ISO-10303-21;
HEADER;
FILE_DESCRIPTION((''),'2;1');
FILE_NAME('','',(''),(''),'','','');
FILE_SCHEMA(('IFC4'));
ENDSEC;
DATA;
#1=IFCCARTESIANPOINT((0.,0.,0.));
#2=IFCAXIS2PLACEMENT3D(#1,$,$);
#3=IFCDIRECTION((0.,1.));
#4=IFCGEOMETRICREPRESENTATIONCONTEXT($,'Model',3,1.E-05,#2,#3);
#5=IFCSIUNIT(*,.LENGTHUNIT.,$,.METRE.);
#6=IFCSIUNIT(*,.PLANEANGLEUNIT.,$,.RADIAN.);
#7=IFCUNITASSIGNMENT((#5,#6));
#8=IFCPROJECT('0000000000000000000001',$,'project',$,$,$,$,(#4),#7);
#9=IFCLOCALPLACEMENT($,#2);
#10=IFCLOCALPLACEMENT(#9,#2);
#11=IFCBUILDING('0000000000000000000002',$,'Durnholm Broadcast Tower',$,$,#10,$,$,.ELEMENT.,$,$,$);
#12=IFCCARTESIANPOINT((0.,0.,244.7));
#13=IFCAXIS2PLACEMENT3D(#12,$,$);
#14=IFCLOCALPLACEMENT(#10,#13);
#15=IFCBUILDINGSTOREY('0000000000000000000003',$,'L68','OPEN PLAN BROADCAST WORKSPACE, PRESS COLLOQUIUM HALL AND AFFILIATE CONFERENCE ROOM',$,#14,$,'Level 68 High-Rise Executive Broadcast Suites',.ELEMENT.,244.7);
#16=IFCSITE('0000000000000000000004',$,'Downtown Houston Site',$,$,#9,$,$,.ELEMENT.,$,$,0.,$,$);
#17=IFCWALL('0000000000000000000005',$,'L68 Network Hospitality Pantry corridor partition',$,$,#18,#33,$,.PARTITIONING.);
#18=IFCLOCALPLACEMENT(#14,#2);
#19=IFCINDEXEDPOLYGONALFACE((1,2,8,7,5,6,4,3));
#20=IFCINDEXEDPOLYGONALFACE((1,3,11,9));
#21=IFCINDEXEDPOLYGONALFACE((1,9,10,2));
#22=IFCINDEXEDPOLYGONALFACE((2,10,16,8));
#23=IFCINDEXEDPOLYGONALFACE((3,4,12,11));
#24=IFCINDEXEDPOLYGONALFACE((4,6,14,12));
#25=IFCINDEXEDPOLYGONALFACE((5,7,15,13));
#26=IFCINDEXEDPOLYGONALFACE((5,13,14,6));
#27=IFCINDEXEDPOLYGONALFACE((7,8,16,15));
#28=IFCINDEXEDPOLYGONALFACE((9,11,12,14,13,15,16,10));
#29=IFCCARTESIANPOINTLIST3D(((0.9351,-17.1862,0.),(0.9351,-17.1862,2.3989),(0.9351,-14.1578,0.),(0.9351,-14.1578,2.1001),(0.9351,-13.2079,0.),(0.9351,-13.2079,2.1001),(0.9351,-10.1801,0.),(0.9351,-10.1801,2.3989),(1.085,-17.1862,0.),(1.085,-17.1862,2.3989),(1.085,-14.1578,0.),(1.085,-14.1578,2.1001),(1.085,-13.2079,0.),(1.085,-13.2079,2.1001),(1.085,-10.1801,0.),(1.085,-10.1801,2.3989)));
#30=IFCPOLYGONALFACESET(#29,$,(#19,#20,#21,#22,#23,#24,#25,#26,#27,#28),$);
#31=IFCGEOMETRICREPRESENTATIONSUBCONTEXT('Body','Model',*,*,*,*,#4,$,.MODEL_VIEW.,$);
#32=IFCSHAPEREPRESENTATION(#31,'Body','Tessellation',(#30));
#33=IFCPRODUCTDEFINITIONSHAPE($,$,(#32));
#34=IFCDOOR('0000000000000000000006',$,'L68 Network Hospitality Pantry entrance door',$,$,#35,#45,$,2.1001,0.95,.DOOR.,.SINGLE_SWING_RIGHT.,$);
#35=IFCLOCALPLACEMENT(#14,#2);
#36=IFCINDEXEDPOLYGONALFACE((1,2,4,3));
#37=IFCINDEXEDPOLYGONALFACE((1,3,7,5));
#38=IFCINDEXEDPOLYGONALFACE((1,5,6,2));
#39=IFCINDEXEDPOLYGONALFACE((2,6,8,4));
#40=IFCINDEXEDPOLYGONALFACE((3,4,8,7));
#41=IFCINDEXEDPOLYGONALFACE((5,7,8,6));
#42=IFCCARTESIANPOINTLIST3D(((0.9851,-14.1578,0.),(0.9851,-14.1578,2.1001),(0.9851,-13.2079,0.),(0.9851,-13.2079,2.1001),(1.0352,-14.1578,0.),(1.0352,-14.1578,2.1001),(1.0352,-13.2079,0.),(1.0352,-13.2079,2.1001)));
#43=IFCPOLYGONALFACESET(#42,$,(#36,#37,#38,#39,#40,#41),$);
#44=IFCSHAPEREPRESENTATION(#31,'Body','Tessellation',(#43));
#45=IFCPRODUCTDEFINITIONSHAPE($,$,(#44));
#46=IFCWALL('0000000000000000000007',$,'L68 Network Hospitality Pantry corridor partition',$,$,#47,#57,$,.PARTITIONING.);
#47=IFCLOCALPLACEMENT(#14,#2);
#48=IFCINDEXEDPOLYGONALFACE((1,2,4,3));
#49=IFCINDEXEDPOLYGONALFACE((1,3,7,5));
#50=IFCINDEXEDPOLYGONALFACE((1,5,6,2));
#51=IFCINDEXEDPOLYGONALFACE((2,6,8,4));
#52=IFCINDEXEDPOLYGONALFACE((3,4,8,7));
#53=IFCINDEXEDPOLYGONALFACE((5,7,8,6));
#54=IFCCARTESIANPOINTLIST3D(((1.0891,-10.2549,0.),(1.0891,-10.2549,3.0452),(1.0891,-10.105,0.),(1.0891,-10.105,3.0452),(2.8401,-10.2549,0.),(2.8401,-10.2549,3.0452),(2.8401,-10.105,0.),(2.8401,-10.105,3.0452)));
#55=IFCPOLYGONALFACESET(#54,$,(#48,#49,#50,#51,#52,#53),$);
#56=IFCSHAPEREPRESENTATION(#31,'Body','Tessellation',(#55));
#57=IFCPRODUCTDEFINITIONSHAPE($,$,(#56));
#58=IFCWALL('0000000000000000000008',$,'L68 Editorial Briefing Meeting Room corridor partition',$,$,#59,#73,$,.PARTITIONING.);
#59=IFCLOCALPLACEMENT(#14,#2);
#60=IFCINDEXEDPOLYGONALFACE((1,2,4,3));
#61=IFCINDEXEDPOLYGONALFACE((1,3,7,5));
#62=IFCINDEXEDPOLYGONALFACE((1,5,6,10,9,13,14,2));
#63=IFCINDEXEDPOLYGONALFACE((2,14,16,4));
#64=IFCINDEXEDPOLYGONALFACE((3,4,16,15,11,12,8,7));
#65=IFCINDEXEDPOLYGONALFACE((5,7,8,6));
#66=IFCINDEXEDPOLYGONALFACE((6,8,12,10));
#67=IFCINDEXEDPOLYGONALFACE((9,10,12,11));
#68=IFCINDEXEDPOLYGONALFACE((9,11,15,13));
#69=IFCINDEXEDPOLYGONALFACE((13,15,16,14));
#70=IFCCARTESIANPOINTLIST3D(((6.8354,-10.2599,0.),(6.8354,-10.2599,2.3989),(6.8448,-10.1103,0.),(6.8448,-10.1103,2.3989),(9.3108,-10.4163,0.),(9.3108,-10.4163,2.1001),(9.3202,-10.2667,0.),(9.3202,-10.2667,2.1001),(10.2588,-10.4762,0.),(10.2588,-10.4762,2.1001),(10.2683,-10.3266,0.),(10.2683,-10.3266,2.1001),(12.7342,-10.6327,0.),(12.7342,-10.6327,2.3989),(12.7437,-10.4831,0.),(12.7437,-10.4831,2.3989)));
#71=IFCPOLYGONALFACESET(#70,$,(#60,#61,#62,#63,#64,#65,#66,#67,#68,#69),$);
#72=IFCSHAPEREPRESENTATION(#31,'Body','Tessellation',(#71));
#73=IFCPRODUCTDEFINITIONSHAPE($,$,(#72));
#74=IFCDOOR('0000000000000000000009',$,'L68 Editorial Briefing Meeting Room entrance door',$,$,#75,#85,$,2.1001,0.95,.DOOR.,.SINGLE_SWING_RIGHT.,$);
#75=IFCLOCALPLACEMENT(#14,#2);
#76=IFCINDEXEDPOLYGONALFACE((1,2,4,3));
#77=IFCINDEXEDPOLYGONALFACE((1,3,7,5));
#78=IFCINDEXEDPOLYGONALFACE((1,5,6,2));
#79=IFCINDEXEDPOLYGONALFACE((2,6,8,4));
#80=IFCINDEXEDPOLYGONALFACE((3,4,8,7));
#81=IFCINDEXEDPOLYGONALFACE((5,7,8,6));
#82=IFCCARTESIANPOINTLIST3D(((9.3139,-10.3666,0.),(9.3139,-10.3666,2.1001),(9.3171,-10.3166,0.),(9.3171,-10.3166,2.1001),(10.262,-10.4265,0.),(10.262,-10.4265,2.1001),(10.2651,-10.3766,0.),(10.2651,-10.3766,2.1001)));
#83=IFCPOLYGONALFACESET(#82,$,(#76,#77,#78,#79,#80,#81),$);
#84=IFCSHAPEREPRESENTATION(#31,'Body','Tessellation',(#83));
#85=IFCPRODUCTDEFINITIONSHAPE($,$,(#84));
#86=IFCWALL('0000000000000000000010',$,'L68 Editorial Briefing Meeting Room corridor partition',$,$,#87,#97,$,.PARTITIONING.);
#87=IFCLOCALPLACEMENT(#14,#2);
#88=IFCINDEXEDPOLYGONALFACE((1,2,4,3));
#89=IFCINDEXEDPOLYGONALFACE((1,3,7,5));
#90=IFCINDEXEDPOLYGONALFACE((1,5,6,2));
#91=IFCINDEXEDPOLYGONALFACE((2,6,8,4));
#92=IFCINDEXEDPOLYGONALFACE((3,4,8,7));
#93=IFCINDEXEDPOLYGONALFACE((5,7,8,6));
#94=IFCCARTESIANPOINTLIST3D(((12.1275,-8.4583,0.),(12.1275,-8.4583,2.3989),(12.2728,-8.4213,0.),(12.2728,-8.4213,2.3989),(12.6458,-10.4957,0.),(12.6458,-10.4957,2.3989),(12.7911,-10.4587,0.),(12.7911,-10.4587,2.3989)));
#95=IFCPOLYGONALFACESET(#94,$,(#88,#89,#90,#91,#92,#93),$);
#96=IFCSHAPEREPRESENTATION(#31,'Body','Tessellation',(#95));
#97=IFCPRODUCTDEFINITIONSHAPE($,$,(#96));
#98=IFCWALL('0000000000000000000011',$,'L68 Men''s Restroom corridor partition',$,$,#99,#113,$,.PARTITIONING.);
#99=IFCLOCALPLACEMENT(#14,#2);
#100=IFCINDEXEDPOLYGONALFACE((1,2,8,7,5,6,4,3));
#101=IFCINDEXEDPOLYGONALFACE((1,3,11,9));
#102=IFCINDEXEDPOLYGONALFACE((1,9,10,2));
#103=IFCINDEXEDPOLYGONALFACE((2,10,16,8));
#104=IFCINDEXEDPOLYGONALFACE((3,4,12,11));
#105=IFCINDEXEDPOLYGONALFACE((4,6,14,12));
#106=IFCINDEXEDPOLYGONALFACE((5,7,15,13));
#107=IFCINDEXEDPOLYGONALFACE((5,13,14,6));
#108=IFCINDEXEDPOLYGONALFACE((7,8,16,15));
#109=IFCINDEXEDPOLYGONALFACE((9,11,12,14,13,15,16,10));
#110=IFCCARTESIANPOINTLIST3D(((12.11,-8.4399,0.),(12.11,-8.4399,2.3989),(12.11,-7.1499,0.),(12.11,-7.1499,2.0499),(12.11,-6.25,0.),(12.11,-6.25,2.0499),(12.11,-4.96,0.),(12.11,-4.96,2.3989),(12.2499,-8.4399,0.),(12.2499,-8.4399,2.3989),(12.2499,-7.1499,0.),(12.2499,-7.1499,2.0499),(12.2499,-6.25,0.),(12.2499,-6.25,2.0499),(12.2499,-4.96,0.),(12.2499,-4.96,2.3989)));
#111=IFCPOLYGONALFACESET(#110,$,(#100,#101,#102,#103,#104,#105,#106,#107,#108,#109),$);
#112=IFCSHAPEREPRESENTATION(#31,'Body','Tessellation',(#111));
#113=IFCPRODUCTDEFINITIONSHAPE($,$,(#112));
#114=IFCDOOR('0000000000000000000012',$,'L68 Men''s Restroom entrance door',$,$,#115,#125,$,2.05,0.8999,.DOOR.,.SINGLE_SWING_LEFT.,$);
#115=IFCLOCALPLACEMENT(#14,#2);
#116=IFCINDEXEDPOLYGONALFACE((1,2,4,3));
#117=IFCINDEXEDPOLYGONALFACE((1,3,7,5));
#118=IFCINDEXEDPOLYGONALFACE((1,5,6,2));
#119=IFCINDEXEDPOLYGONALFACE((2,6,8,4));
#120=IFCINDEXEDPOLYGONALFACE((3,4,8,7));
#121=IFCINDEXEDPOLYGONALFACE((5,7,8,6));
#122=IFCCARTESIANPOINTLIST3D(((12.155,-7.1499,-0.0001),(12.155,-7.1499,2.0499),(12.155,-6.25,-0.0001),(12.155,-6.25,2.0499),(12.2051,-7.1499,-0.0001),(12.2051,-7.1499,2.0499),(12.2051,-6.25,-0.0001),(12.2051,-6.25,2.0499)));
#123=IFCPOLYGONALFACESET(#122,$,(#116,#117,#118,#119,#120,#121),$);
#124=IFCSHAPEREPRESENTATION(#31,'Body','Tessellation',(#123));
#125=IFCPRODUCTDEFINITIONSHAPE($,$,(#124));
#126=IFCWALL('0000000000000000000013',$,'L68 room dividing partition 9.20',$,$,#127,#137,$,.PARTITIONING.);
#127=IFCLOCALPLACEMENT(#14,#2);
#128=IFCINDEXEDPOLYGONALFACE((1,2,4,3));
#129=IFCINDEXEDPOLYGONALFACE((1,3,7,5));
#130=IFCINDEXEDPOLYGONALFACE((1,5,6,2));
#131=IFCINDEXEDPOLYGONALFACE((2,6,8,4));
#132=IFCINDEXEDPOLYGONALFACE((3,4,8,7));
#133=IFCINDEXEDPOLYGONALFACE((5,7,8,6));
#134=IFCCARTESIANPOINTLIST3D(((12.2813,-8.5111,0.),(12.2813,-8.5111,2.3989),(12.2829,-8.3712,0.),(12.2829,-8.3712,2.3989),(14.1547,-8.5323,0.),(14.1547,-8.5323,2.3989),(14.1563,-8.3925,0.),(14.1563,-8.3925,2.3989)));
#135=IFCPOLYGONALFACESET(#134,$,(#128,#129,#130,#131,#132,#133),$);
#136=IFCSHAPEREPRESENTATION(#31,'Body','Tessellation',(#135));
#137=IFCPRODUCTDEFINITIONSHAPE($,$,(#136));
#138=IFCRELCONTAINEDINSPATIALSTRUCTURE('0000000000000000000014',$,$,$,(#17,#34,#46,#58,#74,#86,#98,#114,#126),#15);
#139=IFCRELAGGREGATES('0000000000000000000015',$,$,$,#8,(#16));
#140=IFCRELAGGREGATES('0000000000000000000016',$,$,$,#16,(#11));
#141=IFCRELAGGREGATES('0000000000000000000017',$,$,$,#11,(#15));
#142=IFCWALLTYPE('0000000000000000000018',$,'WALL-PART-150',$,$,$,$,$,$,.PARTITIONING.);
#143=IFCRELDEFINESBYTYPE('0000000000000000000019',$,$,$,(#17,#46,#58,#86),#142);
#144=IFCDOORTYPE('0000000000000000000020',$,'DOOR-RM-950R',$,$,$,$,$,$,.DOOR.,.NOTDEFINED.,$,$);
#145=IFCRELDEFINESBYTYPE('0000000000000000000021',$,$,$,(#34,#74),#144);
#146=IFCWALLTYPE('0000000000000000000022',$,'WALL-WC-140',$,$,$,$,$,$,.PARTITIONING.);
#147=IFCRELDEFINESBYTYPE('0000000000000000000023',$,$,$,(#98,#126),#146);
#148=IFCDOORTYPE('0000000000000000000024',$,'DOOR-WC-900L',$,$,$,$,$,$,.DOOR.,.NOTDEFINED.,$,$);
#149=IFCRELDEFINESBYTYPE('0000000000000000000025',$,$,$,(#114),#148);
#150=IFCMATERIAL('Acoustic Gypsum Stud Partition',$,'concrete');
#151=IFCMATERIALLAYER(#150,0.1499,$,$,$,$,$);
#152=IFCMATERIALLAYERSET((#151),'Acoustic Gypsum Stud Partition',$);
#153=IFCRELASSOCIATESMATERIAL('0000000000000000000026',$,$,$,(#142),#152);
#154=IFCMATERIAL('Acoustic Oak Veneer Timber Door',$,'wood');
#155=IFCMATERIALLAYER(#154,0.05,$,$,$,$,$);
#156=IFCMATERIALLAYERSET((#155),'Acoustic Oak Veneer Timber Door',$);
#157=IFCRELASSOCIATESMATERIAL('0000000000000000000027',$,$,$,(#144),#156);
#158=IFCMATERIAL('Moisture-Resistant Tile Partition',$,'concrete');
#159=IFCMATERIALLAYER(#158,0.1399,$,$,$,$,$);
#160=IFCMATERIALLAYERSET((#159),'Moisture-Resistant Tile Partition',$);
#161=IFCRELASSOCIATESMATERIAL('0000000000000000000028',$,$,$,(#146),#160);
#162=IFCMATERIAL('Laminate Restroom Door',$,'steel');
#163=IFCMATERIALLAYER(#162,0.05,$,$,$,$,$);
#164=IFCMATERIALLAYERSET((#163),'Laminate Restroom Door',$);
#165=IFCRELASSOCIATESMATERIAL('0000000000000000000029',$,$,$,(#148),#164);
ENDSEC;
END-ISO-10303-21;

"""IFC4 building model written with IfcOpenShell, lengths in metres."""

from ifc_helpers import new_model, si_unit, direction, frame, frame_2d, origin, place, context, subcontext, project, spatial, rectangle, extrude, source, transform, mapped, material, layer, layer_set, type_object, type_shapes, element, fill, save


model = new_model("IFC4")

# Units and contexts
model_context = context("Model", 3, precision=1e-05, world=origin(), true_north=direction((0.0, 1.0)))
body_context = subcontext(model_context, "Body", "Model", "MODEL_VIEW")
ifc_project = project(units=[si_unit("LENGTHUNIT", "METRE"), si_unit("PLANEANGLEUNIT", "RADIAN")], contexts=[model_context])

# Site, building, storey
site_placement = place(None, origin())
site = spatial("IfcSite", under=ifc_project, at=site_placement, Name="Downtown Houston Site", CompositionType="ELEMENT", RefElevation=0.0)
building_placement = place(site_placement, origin())
building = spatial("IfcBuilding", under=site, at=building_placement, Name="Durnholm Broadcast Tower", CompositionType="ELEMENT")
storey_placement = place(building_placement, frame((0.0, 0.0, 244.7)))
storey = spatial("IfcBuildingStorey", under=building, at=storey_placement, Name="L68", Description="OPEN PLAN BROADCAST WORKSPACE, PRESS COLLOQUIUM HALL AND AFFILIATE CONFERENCE ROOM", LongName="Level 68 High-Rise Executive Broadcast Suites", CompositionType="ELEMENT", Elevation=244.7)

# Wall, opening, door
ifc_material_1 = material(Name="Acoustic Gypsum Stud Partition", Category="concrete")
ifc_layer_1 = layer(ifc_material_1, 0.1499)
ifc_layer_set_1 = layer_set([ifc_layer_1], Name="Acoustic Gypsum Stud Partition")
wall_type_1 = type_object("IfcWallType", Name="WALL-PART-150", PredefinedType="PARTITIONING", material=ifc_layer_set_1)
wall_1_placement = place(storey_placement, frame((1.01, -17.186, 0.0), z_axis=(0.0, 0.0, 1.0), x_axis=(0.0, 1.0, 0.0)))
wall_1 = element("IfcWall", 1, at=wall_1_placement, inside=storey, type_object=wall_type_1, Name="L68 Network Hospitality Pantry corridor partition", PredefinedType="PARTITIONING", context=body_context, shape_type="SweptSolid", body=[
    extrude(rectangle(XDim=7.0061, YDim=0.1499, at=frame_2d((3.5029, 0.0))), origin(), (0.0, 0.0, 1.0), 2.3989),
])
opening_1_placement = place(wall_1_placement, frame((3.0281, 0.0, 0.0)))
opening_1 = element("IfcOpeningElement", 2, at=opening_1_placement, cuts=wall_1, PredefinedType="OPENING", context=body_context, shape_type="SweptSolid", body=[
    extrude(rectangle(XDim=0.95, YDim=2.1001, at=frame_2d((0.4751, 1.05))), frame((0.0, 0.085, 0.0), z_axis=(0.0, -1.0, 0.0), x_axis=(1.0, 0.0, 0.0)), (0.0, 0.0, 1.0), 0.1699),
])
ifc_material_2 = material(Name="Acoustic Oak Veneer Timber Door", Category="wood")
ifc_layer_2 = layer(ifc_material_2, 0.05)
ifc_layer_set_2 = layer_set([ifc_layer_2], Name="Acoustic Oak Veneer Timber Door")
door_type_1 = type_object("IfcDoorType", Name="DOOR-RM-950R", OperationType="NOTDEFINED", PredefinedType="DOOR", material=ifc_layer_set_2)
shared_shape_1 = source(origin(), body_context, "Body", "SweptSolid", [
    extrude(rectangle(XDim=0.95, YDim=2.1001, at=frame_2d((0.4751, 1.05))), frame((0.0, 0.0249, 0.0), z_axis=(0.0, -1.0, 0.0), x_axis=(1.0, 0.0, 0.0)), (0.0, 0.0, 1.0), 0.05),
])
type_shapes(door_type_1, [shared_shape_1])
door_1_placement = place(opening_1_placement, origin())
door_1 = element("IfcDoor", 3, at=door_1_placement, inside=storey, type_object=door_type_1, Name="L68 Network Hospitality Pantry entrance door", OperationType="SINGLE_SWING_RIGHT", OverallHeight=2.1001, OverallWidth=0.95, PredefinedType="DOOR", context=body_context, shape_type="MappedRepresentation", body=[
    mapped(shared_shape_1, transform((0.0, 0.0, 0.0), x_axis=(1.0, 0.0, 0.0), y_axis=(0.0, 1.0, 0.0), z_axis=(0.0, 0.0, 1.0), scale=1.0)),
])
fill(opening_1, door_1)

# Wall
wall_2_placement = place(storey_placement, frame((1.0891, -10.1799, 0.0), z_axis=(0.0, 0.0, 1.0), x_axis=(1.0, 0.0, 0.0)))
element("IfcWall", 4, at=wall_2_placement, inside=storey, type_object=wall_type_1, Name="L68 Network Hospitality Pantry corridor partition", PredefinedType="PARTITIONING", context=body_context, shape_type="SweptSolid", body=[
    extrude(rectangle(XDim=1.751, YDim=0.1499, at=frame_2d((0.8755, 0.0))), origin(), (0.0, 0.0, 1.0), 3.0452),
])

# Wall, opening, door
wall_3_placement = place(storey_placement, frame((6.8401, -10.1851, 0.0), z_axis=(0.0, 0.0, 1.0), x_axis=(0.998009, -0.063073, 0.0)))
wall_3 = element("IfcWall", 5, at=wall_3_placement, inside=storey, type_object=wall_type_1, Name="L68 Editorial Briefing Meeting Room corridor partition", PredefinedType="PARTITIONING", context=body_context, shape_type="SweptSolid", body=[
    extrude(rectangle(XDim=5.9106, YDim=0.1499, at=frame_2d((2.9553, 0.0))), origin(), (0.0, 0.0, 1.0), 2.3989),
])
opening_2_placement = place(wall_3_placement, frame((2.4802, 0.0, 0.0)))
opening_2 = element("IfcOpeningElement", 6, at=opening_2_placement, cuts=wall_3, PredefinedType="OPENING", context=body_context, shape_type="SweptSolid", body=[
    extrude(rectangle(XDim=0.95, YDim=2.1001, at=frame_2d((0.4751, 1.05))), frame((0.0, 0.085, 0.0), z_axis=(0.0, -1.0, 0.0), x_axis=(1.0, 0.0, 0.0)), (0.0, 0.0, 1.0), 0.1699),
])
door_2_placement = place(opening_2_placement, origin())
door_2 = element("IfcDoor", 7, at=door_2_placement, inside=storey, type_object=door_type_1, Name="L68 Editorial Briefing Meeting Room entrance door", OperationType="SINGLE_SWING_RIGHT", OverallHeight=2.1001, OverallWidth=0.95, PredefinedType="DOOR", context=body_context, shape_type="MappedRepresentation", body=[
    mapped(shared_shape_1, transform((0.0, 0.0, 0.0), x_axis=(1.0, 0.0, 0.0), y_axis=(0.0, 1.0, 0.0), z_axis=(0.0, 0.0, 1.0), scale=1.0)),
])
fill(opening_2, door_2)

# Wall
wall_4_placement = place(storey_placement, frame((12.7185, -10.4773, 0.0), z_axis=(0.0, 0.0, 1.0), x_axis=(-0.24655, 0.96913, 0.0)))
element("IfcWall", 8, at=wall_4_placement, inside=storey, type_object=wall_type_1, Name="L68 Editorial Briefing Meeting Room corridor partition", PredefinedType="PARTITIONING", context=body_context, shape_type="SweptSolid", body=[
    extrude(rectangle(XDim=2.1023, YDim=0.1499, at=frame_2d((1.0513, 0.0))), origin(), (0.0, 0.0, 1.0), 2.3989),
])

# Wall, opening, door
ifc_material_3 = material(Name="Moisture-Resistant Tile Partition", Category="concrete")
ifc_layer_3 = layer(ifc_material_3, 0.1399)
ifc_layer_set_3 = layer_set([ifc_layer_3], Name="Moisture-Resistant Tile Partition")
wall_type_2 = type_object("IfcWallType", Name="WALL-WC-140", PredefinedType="PARTITIONING", material=ifc_layer_set_3)
wall_5_placement = place(storey_placement, frame((12.1799, -8.4399, 0.0), z_axis=(0.0, 0.0, 1.0), x_axis=(0.0, 1.0, 0.0)))
wall_5 = element("IfcWall", 9, at=wall_5_placement, inside=storey, type_object=wall_type_2, Name="L68 Men's Restroom corridor partition", PredefinedType="PARTITIONING", context=body_context, shape_type="SweptSolid", body=[
    extrude(rectangle(XDim=3.48, YDim=0.1399, at=frame_2d((1.74, 0.0))), origin(), (0.0, 0.0, 1.0), 2.3989),
])
opening_3_placement = place(wall_5_placement, frame((1.29, 0.0, 0.0)))
opening_3 = element("IfcOpeningElement", 10, at=opening_3_placement, cuts=wall_5, PredefinedType="OPENING", context=body_context, shape_type="SweptSolid", body=[
    extrude(rectangle(XDim=0.8999, YDim=2.05, at=frame_2d((0.45, 1.0249))), frame((0.0, 0.0801, 0.0), z_axis=(0.0, -1.0, 0.0), x_axis=(1.0, 0.0, 0.0)), (0.0, 0.0, 1.0), 0.1599),
])
ifc_material_4 = material(Name="Laminate Restroom Door", Category="steel")
ifc_layer_4 = layer(ifc_material_4, 0.05)
ifc_layer_set_4 = layer_set([ifc_layer_4], Name="Laminate Restroom Door")
door_type_2 = type_object("IfcDoorType", Name="DOOR-WC-900L", OperationType="NOTDEFINED", PredefinedType="DOOR", material=ifc_layer_set_4)
shared_shape_2 = source(origin(), body_context, "Body", "SweptSolid", [
    extrude(rectangle(XDim=0.8999, YDim=2.05, at=frame_2d((0.45, 1.0249))), frame((0.0, 0.0249, 0.0), z_axis=(0.0, -1.0, 0.0), x_axis=(1.0, 0.0, 0.0)), (0.0, 0.0, 1.0), 0.05),
])
type_shapes(door_type_2, [shared_shape_2])
door_3_placement = place(opening_3_placement, origin())
door_3 = element("IfcDoor", 11, at=door_3_placement, inside=storey, type_object=door_type_2, Name="L68 Men's Restroom entrance door", OperationType="SINGLE_SWING_LEFT", OverallHeight=2.05, OverallWidth=0.8999, PredefinedType="DOOR", context=body_context, shape_type="MappedRepresentation", body=[
    mapped(shared_shape_2, transform((0.0, 0.0, 0.0), x_axis=(1.0, 0.0, 0.0), y_axis=(0.0, 1.0, 0.0), z_axis=(0.0, 0.0, 1.0), scale=1.0)),
])
fill(opening_3, door_3)

# Wall
wall_6_placement = place(storey_placement, frame((14.1555, -8.4624, 0.0), z_axis=(0.0, 0.0, 1.0), x_axis=(-0.999936, 0.011336, 0.0)))
element("IfcWall", 12, at=wall_6_placement, inside=storey, type_object=wall_type_2, Name="L68 room dividing partition 9.20", PredefinedType="PARTITIONING", context=body_context, shape_type="SweptSolid", body=[
    extrude(rectangle(XDim=1.8735, YDim=0.1399, at=frame_2d((0.9368, 0.0))), origin(), (0.0, 0.0, 1.0), 2.3989),
])

save(model, "model.ifc")
